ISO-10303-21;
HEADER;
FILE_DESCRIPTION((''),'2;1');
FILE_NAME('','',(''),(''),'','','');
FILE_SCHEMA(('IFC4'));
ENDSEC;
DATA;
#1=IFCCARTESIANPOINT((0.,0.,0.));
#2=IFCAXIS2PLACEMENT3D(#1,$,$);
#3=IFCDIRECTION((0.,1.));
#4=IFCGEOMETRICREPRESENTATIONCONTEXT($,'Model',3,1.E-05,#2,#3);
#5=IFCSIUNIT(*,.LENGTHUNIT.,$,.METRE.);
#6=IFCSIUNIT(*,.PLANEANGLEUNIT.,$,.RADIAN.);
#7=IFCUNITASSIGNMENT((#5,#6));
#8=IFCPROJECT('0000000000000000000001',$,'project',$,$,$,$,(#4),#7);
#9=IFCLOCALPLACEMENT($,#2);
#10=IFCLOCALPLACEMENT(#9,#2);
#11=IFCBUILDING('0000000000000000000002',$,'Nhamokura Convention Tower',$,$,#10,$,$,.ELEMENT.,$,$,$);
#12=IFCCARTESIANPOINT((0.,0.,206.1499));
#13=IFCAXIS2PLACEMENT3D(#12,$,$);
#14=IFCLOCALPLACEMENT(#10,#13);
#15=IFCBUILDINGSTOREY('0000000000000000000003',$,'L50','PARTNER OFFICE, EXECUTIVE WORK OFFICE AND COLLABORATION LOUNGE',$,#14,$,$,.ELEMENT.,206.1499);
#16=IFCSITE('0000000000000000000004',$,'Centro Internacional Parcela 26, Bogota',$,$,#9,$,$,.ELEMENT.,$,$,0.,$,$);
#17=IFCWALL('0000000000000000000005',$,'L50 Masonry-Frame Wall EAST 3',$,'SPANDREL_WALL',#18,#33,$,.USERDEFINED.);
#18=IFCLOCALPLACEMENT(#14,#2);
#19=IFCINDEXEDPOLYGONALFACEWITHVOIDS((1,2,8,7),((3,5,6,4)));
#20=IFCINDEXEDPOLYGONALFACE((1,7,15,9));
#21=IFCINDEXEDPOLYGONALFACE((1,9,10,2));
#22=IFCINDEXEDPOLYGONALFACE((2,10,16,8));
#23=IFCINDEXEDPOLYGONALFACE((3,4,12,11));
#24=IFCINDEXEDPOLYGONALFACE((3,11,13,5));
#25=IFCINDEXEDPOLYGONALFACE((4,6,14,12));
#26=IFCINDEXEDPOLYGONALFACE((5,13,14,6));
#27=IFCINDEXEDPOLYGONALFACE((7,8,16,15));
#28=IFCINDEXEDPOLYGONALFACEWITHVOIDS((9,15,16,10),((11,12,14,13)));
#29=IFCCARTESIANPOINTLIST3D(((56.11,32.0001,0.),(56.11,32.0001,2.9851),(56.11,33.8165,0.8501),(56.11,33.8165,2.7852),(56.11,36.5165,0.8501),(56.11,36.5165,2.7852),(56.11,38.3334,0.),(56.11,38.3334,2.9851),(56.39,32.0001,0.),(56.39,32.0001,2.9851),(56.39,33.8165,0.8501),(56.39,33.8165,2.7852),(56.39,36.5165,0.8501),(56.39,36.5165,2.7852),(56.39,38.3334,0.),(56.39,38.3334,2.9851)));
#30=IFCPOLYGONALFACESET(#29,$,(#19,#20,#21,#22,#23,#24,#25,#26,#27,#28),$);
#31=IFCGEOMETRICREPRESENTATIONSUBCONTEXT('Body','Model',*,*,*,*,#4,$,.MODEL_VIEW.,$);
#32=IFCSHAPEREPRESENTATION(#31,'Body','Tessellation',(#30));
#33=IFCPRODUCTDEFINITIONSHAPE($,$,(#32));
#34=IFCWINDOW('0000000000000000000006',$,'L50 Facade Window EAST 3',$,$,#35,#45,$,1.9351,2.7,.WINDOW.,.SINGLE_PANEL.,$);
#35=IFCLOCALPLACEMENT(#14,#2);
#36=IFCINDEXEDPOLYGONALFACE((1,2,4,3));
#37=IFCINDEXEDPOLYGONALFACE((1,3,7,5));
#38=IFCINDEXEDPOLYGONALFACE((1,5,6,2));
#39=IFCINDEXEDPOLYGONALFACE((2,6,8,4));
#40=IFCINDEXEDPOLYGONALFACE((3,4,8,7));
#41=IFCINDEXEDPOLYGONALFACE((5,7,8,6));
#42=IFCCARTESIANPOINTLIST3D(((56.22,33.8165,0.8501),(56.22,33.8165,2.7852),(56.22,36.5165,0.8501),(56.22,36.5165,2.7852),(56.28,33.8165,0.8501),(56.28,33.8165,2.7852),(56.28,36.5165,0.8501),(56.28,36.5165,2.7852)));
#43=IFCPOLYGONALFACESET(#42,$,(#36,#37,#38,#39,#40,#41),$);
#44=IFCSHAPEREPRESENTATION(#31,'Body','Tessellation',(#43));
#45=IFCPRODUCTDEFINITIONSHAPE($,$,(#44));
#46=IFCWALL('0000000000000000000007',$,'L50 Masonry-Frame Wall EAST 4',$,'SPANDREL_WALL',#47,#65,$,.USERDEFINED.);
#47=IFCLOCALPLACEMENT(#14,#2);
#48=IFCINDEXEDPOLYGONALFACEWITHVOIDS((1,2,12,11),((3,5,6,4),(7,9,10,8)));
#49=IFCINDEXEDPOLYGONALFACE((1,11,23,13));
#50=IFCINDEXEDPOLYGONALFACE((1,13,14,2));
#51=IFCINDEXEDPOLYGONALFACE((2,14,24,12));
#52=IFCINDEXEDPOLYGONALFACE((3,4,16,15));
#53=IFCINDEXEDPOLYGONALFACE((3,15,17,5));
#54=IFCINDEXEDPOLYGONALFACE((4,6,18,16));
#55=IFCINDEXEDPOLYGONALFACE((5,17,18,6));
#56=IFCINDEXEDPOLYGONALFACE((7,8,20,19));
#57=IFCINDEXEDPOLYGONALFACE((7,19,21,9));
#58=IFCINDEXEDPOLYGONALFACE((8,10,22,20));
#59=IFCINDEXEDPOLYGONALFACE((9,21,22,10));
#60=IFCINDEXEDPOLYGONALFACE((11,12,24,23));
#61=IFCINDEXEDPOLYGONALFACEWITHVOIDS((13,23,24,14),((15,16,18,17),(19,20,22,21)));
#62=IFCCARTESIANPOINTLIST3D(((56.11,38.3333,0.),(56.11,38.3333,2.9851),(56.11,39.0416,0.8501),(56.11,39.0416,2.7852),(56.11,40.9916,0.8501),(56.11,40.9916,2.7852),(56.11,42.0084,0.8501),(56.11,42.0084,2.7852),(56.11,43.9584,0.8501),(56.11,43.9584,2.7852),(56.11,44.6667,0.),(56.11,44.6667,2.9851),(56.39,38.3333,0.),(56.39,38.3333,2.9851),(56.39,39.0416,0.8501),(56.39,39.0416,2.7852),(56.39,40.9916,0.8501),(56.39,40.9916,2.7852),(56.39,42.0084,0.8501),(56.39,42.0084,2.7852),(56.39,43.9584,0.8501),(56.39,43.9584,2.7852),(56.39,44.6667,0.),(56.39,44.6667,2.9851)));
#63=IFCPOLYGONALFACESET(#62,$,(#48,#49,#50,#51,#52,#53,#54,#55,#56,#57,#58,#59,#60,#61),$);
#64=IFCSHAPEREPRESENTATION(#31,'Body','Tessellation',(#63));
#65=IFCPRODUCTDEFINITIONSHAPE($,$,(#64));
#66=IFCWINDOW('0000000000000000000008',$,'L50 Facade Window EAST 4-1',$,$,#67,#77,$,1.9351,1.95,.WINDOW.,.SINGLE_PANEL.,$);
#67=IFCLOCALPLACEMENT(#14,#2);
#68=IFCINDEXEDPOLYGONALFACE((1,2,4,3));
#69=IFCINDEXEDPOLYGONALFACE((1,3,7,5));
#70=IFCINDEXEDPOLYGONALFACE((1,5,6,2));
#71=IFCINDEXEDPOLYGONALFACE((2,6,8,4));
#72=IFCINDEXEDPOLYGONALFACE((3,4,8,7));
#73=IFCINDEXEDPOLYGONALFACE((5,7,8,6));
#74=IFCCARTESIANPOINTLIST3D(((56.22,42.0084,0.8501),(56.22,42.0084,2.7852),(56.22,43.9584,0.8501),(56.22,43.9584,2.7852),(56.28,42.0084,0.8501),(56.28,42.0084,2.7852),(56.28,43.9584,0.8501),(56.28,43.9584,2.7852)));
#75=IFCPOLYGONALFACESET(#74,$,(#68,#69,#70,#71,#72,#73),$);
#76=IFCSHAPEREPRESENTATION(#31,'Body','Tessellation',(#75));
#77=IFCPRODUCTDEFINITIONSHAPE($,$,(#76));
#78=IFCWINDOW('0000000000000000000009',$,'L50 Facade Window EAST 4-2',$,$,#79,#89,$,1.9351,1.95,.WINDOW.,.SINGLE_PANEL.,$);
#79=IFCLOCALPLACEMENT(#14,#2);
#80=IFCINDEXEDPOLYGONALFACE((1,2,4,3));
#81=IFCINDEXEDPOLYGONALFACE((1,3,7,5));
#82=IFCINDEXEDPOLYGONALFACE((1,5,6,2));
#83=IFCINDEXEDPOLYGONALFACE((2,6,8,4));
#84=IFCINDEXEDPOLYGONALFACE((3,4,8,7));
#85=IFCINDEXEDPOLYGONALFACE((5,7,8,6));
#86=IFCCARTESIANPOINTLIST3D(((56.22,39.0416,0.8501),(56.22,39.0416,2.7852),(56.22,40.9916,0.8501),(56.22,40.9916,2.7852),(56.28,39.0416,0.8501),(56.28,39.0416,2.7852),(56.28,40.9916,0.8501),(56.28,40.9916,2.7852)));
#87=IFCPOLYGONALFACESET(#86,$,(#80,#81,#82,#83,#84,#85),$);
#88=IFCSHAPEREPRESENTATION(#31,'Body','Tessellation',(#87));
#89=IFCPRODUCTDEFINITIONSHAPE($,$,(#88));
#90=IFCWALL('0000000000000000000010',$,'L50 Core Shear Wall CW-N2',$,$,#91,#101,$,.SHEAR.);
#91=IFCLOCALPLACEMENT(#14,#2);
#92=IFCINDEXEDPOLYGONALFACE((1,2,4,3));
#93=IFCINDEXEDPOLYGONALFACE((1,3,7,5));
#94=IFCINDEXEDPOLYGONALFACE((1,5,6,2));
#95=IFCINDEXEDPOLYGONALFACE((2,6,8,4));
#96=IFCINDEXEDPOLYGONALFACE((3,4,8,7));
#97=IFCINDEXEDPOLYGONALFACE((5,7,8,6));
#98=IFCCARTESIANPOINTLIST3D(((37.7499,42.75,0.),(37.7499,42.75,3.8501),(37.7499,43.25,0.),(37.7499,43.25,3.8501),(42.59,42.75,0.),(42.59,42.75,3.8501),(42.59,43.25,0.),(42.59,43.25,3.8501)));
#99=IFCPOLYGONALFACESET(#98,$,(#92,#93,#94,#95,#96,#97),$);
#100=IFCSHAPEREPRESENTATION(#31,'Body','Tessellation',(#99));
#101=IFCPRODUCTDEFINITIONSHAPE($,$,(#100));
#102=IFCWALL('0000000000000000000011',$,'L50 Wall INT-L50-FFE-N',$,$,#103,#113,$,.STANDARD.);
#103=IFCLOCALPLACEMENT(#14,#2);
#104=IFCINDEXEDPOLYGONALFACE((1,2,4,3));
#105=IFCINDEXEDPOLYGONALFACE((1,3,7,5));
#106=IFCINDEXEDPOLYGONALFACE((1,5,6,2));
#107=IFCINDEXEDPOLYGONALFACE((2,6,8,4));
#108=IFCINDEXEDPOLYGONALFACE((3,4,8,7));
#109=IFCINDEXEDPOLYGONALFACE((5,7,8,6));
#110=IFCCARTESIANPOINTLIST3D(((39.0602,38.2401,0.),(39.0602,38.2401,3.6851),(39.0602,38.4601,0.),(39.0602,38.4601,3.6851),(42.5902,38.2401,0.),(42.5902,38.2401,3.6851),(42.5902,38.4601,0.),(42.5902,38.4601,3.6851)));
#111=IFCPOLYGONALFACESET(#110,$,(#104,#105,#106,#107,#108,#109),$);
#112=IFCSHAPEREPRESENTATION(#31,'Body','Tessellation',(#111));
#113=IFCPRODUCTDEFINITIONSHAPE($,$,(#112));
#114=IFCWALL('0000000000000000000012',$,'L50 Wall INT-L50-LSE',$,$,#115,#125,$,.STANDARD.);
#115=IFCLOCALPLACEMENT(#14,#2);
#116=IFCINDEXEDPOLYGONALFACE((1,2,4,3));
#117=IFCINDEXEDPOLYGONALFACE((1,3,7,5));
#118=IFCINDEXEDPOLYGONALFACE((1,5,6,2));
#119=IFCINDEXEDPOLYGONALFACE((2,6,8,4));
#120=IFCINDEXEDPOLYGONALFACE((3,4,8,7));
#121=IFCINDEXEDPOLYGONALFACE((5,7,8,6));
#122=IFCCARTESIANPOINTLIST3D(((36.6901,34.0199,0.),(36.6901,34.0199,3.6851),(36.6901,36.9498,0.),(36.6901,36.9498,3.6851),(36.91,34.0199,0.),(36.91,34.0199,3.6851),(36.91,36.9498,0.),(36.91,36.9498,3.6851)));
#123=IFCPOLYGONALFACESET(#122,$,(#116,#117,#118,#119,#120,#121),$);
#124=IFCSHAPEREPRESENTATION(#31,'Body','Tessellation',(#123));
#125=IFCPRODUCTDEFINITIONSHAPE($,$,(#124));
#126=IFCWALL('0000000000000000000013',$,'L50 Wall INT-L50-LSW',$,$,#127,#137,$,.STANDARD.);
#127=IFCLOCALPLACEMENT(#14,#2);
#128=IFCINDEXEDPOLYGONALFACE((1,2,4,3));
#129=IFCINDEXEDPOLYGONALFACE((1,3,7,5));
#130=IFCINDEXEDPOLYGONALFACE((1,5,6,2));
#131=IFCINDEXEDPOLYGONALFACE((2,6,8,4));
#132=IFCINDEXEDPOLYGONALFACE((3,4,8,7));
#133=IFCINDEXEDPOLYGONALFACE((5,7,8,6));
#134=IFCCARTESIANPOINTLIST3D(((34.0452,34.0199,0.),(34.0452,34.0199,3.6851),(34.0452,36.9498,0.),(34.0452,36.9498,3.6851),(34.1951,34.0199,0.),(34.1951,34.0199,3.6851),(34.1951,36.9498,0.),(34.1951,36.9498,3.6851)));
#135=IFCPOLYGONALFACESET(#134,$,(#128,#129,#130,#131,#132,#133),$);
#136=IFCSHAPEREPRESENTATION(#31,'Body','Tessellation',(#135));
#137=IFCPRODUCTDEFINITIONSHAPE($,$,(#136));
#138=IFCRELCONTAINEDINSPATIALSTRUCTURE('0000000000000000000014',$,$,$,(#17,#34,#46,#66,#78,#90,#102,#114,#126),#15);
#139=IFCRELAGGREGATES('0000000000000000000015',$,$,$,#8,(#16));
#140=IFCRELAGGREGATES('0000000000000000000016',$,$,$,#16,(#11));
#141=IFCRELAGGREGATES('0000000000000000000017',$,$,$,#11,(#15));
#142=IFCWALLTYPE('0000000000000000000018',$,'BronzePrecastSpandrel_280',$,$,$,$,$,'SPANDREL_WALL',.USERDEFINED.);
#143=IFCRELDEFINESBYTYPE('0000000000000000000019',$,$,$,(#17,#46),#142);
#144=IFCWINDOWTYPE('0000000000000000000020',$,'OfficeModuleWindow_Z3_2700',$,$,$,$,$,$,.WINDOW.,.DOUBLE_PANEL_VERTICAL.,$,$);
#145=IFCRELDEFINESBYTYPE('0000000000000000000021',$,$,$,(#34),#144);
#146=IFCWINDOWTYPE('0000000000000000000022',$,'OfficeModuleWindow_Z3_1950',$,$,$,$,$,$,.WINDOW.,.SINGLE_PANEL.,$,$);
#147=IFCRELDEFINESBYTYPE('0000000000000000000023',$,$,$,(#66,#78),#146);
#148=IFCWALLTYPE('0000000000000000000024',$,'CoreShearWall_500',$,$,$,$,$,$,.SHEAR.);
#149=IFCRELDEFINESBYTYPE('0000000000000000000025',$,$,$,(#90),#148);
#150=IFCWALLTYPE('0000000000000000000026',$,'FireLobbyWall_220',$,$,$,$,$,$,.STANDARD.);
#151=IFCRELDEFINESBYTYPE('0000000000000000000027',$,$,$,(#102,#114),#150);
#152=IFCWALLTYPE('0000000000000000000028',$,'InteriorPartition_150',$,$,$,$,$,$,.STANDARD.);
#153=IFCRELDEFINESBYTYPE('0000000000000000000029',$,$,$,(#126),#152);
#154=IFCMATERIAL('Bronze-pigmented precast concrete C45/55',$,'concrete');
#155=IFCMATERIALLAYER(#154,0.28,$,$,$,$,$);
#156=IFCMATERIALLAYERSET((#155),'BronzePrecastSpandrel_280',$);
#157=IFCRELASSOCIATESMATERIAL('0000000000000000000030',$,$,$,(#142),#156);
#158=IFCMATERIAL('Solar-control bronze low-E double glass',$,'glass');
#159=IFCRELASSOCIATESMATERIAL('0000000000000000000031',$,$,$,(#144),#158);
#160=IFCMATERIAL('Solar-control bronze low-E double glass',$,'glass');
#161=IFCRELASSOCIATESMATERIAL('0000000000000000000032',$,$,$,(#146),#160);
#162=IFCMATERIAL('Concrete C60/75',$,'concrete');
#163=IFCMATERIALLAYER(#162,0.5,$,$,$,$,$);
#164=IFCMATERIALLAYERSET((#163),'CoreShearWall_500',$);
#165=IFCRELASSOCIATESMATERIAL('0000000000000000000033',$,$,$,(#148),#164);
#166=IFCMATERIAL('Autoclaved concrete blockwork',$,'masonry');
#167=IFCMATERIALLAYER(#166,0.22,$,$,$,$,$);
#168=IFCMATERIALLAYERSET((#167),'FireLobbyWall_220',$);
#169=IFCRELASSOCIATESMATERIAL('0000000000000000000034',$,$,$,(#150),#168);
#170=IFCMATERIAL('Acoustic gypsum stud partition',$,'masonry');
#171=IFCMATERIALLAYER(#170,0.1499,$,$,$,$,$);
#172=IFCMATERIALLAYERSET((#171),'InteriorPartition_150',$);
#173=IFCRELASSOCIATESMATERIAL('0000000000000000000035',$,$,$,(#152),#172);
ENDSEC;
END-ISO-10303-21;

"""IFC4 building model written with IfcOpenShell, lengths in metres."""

from ifc_helpers import new_model, si_unit, direction, frame, frame_2d, origin, place, context, subcontext, project, spatial, rectangle, extrude, material, layer, layer_set, type_object, element, fill, save


model = new_model("IFC4")

# Units and contexts
model_context = context("Model", 3, precision=1e-05, world=origin(), true_north=direction((0.0, 1.0)))
body_context = subcontext(model_context, "Body", "Model", "MODEL_VIEW")
ifc_project = project(units=[si_unit("LENGTHUNIT", "METRE"), si_unit("PLANEANGLEUNIT", "RADIAN")], contexts=[model_context])

# Site, building, storey
site_placement = place(None, origin())
site = spatial("IfcSite", under=ifc_project, at=site_placement, Name="Centro Internacional Parcela 26, Bogota", CompositionType="ELEMENT", RefElevation=0.0)
building_placement = place(site_placement, origin())
building = spatial("IfcBuilding", under=site, at=building_placement, Name="Nhamokura Convention Tower", CompositionType="ELEMENT")
storey_placement = place(building_placement, frame((0.0, 0.0, 206.1499)))
storey = spatial("IfcBuildingStorey", under=building, at=storey_placement, Name="L50", Description="PARTNER OFFICE, EXECUTIVE WORK OFFICE AND COLLABORATION LOUNGE", CompositionType="ELEMENT", Elevation=206.1499)

# Wall, opening, window
ifc_material_1 = material(Name="Bronze-pigmented precast concrete C45/55", Category="concrete")
ifc_layer_1 = layer(ifc_material_1, 0.28)
ifc_layer_set_1 = layer_set([ifc_layer_1], Name="BronzePrecastSpandrel_280")
wall_type_1 = type_object("IfcWallType", Name="BronzePrecastSpandrel_280", ElementType="SPANDREL_WALL", PredefinedType="USERDEFINED", material=ifc_layer_set_1)
wall_1_placement = place(storey_placement, frame((56.25, 38.3333, 0.0), z_axis=(0.0, 0.0, 1.0), x_axis=(0.0, -1.0, 0.0)))
wall_1 = element("IfcWall", 1, at=wall_1_placement, inside=storey, type_object=wall_type_1, Name="L50 Masonry-Frame Wall EAST 3", ObjectType="SPANDREL_WALL", PredefinedType="USERDEFINED", context=body_context, shape_type="SweptSolid", body=[
    extrude(rectangle(XDim=6.3333, YDim=0.28, at=frame_2d((3.1665, 0.0))), origin(), (0.0, 0.0, 1.0), 2.9851),
])
opening_1_placement = place(wall_1_placement, frame((1.8167, 0.0, 0.8501)))
opening_1 = element("IfcOpeningElement", 2, at=opening_1_placement, cuts=wall_1, PredefinedType="OPENING", context=body_context, shape_type="SweptSolid", body=[
    extrude(rectangle(XDim=2.7, YDim=1.9351, at=frame_2d((1.3501, 0.9675))), frame((0.0, 0.1499, 0.0), z_axis=(0.0, -1.0, 0.0), x_axis=(1.0, 0.0, 0.0)), (0.0, 0.0, 1.0), 0.3),
])
ifc_material_2 = material(Name="Solar-control bronze low-E double glass", Category="glass")
window_type_1 = type_object("IfcWindowType", Name="OfficeModuleWindow_Z3_2700", PartitioningType="DOUBLE_PANEL_VERTICAL", PredefinedType="WINDOW", material=ifc_material_2)
window_1_placement = place(opening_1_placement, origin())
window_1 = element("IfcWindow", 3, at=window_1_placement, inside=storey, type_object=window_type_1, Name="L50 Facade Window EAST 3", OverallHeight=1.9351, OverallWidth=2.7, PartitioningType="SINGLE_PANEL", PredefinedType="WINDOW", context=body_context, shape_type="SweptSolid", body=[
    extrude(rectangle(XDim=2.7, YDim=1.9351, at=frame_2d((1.3501, 0.9675))), frame((0.0, 0.03, 0.0), z_axis=(0.0, -1.0, 0.0), x_axis=(1.0, 0.0, 0.0)), (0.0, 0.0, 1.0), 0.0601),
])
fill(opening_1, window_1)

# Wall, openings, windows
wall_2_placement = place(storey_placement, frame((56.25, 44.6667, 0.0), z_axis=(0.0, 0.0, 1.0), x_axis=(0.0, -1.0, 0.0)))
wall_2 = element("IfcWall", 4, at=wall_2_placement, inside=storey, type_object=wall_type_1, Name="L50 Masonry-Frame Wall EAST 4", ObjectType="SPANDREL_WALL", PredefinedType="USERDEFINED", context=body_context, shape_type="SweptSolid", body=[
    extrude(rectangle(XDim=6.3335, YDim=0.28, at=frame_2d((3.1667, 0.0))), origin(), (0.0, 0.0, 1.0), 2.9851),
])
opening_2_placement = place(wall_2_placement, frame((0.7083, 0.0, 0.8501)))
opening_2 = element("IfcOpeningElement", 5, at=opening_2_placement, cuts=wall_2, PredefinedType="OPENING", context=body_context, shape_type="SweptSolid", body=[
    extrude(rectangle(XDim=1.95, YDim=1.9351, at=frame_2d((0.9751, 0.9675))), frame((0.0, 0.1499, 0.0), z_axis=(0.0, -1.0, 0.0), x_axis=(1.0, 0.0, 0.0)), (0.0, 0.0, 1.0), 0.3),
])
opening_3_placement = place(wall_2_placement, frame((3.675, 0.0, 0.8501)))
opening_3 = element("IfcOpeningElement", 6, at=opening_3_placement, cuts=wall_2, PredefinedType="OPENING", context=body_context, shape_type="SweptSolid", body=[
    extrude(rectangle(XDim=1.95, YDim=1.9351, at=frame_2d((0.9751, 0.9675))), frame((0.0, 0.1499, 0.0), z_axis=(0.0, -1.0, 0.0), x_axis=(1.0, 0.0, 0.0)), (0.0, 0.0, 1.0), 0.3),
])
ifc_material_3 = material(Name="Solar-control bronze low-E double glass", Category="glass")
window_type_2 = type_object("IfcWindowType", Name="OfficeModuleWindow_Z3_1950", PartitioningType="SINGLE_PANEL", PredefinedType="WINDOW", material=ifc_material_3)
window_2_placement = place(opening_2_placement, origin())
window_2 = element("IfcWindow", 7, at=window_2_placement, inside=storey, type_object=window_type_2, Name="L50 Facade Window EAST 4-1", OverallHeight=1.9351, OverallWidth=1.95, PartitioningType="SINGLE_PANEL", PredefinedType="WINDOW", context=body_context, shape_type="SweptSolid", body=[
    extrude(rectangle(XDim=1.95, YDim=1.9351, at=frame_2d((0.9751, 0.9675))), frame((0.0, 0.03, 0.0), z_axis=(0.0, -1.0, 0.0), x_axis=(1.0, 0.0, 0.0)), (0.0, 0.0, 1.0), 0.0601),
])
fill(opening_2, window_2)
window_3_placement = place(opening_3_placement, origin())
window_3 = element("IfcWindow", 8, at=window_3_placement, inside=storey, type_object=window_type_2, Name="L50 Facade Window EAST 4-2", OverallHeight=1.9351, OverallWidth=1.95, PartitioningType="SINGLE_PANEL", PredefinedType="WINDOW", context=body_context, shape_type="SweptSolid", body=[
    extrude(rectangle(XDim=1.95, YDim=1.9351, at=frame_2d((0.9751, 0.9675))), frame((0.0, 0.03, 0.0), z_axis=(0.0, -1.0, 0.0), x_axis=(1.0, 0.0, 0.0)), (0.0, 0.0, 1.0), 0.0601),
])
fill(opening_3, window_3)

# Walls
ifc_material_4 = material(Name="Concrete C60/75", Category="concrete")
ifc_layer_2 = layer(ifc_material_4, 0.5)
ifc_layer_set_2 = layer_set([ifc_layer_2], Name="CoreShearWall_500")
wall_type_2 = type_object("IfcWallType", Name="CoreShearWall_500", PredefinedType="SHEAR", material=ifc_layer_set_2)
wall_3_placement = place(storey_placement, frame((37.75, 43.0, 0.0), z_axis=(0.0, 0.0, 1.0), x_axis=(1.0, 0.0, 0.0)))
element("IfcWall", 9, at=wall_3_placement, inside=storey, type_object=wall_type_2, Name="L50 Core Shear Wall CW-N2", PredefinedType="SHEAR", context=body_context, shape_type="SweptSolid", body=[
    extrude(rectangle(XDim=4.8401, YDim=0.5, at=frame_2d((2.4199, 0.0))), origin(), (0.0, 0.0, 1.0), 3.8501),
])
ifc_material_5 = material(Name="Autoclaved concrete blockwork", Category="masonry")
ifc_layer_3 = layer(ifc_material_5, 0.22)
ifc_layer_set_3 = layer_set([ifc_layer_3], Name="FireLobbyWall_220")
wall_type_3 = type_object("IfcWallType", Name="FireLobbyWall_220", PredefinedType="STANDARD", material=ifc_layer_set_3)
wall_4_placement = place(storey_placement, frame((39.0601, 38.3501, 0.0), z_axis=(0.0, 0.0, 1.0), x_axis=(1.0, 0.0, 0.0)))
element("IfcWall", 10, at=wall_4_placement, inside=storey, type_object=wall_type_3, Name="L50 Wall INT-L50-FFE-N", PredefinedType="STANDARD", context=body_context, shape_type="SweptSolid", body=[
    extrude(rectangle(XDim=3.53, YDim=0.22, at=frame_2d((1.7651, 0.0))), origin(), (0.0, 0.0, 1.0), 3.6851),
])

# Walls
wall_5_placement = place(storey_placement, frame((36.8, 34.02, 0.0), z_axis=(0.0, 0.0, 1.0), x_axis=(0.0, 1.0, 0.0)))
element("IfcWall", 11, at=wall_5_placement, inside=storey, type_object=wall_type_3, Name="L50 Wall INT-L50-LSE", PredefinedType="STANDARD", context=body_context, shape_type="SweptSolid", body=[
    extrude(rectangle(XDim=2.9299, YDim=0.22, at=frame_2d((1.4648, 0.0))), origin(), (0.0, 0.0, 1.0), 3.6851),
])
ifc_material_6 = material(Name="Acoustic gypsum stud partition", Category="masonry")
ifc_layer_4 = layer(ifc_material_6, 0.1499)
ifc_layer_set_4 = layer_set([ifc_layer_4], Name="InteriorPartition_150")
wall_type_4 = type_object("IfcWallType", Name="InteriorPartition_150", PredefinedType="STANDARD", material=ifc_layer_set_4)
wall_6_placement = place(storey_placement, frame((34.1201, 34.02, 0.0), z_axis=(0.0, 0.0, 1.0), x_axis=(0.0, 1.0, 0.0)))
element("IfcWall", 12, at=wall_6_placement, inside=storey, type_object=wall_type_4, Name="L50 Wall INT-L50-LSW", PredefinedType="STANDARD", context=body_context, shape_type="SweptSolid", body=[
    extrude(rectangle(XDim=2.9299, YDim=0.1499, at=frame_2d((1.4648, 0.0))), origin(), (0.0, 0.0, 1.0), 3.6851),
])

save(model, "model.ifc")
